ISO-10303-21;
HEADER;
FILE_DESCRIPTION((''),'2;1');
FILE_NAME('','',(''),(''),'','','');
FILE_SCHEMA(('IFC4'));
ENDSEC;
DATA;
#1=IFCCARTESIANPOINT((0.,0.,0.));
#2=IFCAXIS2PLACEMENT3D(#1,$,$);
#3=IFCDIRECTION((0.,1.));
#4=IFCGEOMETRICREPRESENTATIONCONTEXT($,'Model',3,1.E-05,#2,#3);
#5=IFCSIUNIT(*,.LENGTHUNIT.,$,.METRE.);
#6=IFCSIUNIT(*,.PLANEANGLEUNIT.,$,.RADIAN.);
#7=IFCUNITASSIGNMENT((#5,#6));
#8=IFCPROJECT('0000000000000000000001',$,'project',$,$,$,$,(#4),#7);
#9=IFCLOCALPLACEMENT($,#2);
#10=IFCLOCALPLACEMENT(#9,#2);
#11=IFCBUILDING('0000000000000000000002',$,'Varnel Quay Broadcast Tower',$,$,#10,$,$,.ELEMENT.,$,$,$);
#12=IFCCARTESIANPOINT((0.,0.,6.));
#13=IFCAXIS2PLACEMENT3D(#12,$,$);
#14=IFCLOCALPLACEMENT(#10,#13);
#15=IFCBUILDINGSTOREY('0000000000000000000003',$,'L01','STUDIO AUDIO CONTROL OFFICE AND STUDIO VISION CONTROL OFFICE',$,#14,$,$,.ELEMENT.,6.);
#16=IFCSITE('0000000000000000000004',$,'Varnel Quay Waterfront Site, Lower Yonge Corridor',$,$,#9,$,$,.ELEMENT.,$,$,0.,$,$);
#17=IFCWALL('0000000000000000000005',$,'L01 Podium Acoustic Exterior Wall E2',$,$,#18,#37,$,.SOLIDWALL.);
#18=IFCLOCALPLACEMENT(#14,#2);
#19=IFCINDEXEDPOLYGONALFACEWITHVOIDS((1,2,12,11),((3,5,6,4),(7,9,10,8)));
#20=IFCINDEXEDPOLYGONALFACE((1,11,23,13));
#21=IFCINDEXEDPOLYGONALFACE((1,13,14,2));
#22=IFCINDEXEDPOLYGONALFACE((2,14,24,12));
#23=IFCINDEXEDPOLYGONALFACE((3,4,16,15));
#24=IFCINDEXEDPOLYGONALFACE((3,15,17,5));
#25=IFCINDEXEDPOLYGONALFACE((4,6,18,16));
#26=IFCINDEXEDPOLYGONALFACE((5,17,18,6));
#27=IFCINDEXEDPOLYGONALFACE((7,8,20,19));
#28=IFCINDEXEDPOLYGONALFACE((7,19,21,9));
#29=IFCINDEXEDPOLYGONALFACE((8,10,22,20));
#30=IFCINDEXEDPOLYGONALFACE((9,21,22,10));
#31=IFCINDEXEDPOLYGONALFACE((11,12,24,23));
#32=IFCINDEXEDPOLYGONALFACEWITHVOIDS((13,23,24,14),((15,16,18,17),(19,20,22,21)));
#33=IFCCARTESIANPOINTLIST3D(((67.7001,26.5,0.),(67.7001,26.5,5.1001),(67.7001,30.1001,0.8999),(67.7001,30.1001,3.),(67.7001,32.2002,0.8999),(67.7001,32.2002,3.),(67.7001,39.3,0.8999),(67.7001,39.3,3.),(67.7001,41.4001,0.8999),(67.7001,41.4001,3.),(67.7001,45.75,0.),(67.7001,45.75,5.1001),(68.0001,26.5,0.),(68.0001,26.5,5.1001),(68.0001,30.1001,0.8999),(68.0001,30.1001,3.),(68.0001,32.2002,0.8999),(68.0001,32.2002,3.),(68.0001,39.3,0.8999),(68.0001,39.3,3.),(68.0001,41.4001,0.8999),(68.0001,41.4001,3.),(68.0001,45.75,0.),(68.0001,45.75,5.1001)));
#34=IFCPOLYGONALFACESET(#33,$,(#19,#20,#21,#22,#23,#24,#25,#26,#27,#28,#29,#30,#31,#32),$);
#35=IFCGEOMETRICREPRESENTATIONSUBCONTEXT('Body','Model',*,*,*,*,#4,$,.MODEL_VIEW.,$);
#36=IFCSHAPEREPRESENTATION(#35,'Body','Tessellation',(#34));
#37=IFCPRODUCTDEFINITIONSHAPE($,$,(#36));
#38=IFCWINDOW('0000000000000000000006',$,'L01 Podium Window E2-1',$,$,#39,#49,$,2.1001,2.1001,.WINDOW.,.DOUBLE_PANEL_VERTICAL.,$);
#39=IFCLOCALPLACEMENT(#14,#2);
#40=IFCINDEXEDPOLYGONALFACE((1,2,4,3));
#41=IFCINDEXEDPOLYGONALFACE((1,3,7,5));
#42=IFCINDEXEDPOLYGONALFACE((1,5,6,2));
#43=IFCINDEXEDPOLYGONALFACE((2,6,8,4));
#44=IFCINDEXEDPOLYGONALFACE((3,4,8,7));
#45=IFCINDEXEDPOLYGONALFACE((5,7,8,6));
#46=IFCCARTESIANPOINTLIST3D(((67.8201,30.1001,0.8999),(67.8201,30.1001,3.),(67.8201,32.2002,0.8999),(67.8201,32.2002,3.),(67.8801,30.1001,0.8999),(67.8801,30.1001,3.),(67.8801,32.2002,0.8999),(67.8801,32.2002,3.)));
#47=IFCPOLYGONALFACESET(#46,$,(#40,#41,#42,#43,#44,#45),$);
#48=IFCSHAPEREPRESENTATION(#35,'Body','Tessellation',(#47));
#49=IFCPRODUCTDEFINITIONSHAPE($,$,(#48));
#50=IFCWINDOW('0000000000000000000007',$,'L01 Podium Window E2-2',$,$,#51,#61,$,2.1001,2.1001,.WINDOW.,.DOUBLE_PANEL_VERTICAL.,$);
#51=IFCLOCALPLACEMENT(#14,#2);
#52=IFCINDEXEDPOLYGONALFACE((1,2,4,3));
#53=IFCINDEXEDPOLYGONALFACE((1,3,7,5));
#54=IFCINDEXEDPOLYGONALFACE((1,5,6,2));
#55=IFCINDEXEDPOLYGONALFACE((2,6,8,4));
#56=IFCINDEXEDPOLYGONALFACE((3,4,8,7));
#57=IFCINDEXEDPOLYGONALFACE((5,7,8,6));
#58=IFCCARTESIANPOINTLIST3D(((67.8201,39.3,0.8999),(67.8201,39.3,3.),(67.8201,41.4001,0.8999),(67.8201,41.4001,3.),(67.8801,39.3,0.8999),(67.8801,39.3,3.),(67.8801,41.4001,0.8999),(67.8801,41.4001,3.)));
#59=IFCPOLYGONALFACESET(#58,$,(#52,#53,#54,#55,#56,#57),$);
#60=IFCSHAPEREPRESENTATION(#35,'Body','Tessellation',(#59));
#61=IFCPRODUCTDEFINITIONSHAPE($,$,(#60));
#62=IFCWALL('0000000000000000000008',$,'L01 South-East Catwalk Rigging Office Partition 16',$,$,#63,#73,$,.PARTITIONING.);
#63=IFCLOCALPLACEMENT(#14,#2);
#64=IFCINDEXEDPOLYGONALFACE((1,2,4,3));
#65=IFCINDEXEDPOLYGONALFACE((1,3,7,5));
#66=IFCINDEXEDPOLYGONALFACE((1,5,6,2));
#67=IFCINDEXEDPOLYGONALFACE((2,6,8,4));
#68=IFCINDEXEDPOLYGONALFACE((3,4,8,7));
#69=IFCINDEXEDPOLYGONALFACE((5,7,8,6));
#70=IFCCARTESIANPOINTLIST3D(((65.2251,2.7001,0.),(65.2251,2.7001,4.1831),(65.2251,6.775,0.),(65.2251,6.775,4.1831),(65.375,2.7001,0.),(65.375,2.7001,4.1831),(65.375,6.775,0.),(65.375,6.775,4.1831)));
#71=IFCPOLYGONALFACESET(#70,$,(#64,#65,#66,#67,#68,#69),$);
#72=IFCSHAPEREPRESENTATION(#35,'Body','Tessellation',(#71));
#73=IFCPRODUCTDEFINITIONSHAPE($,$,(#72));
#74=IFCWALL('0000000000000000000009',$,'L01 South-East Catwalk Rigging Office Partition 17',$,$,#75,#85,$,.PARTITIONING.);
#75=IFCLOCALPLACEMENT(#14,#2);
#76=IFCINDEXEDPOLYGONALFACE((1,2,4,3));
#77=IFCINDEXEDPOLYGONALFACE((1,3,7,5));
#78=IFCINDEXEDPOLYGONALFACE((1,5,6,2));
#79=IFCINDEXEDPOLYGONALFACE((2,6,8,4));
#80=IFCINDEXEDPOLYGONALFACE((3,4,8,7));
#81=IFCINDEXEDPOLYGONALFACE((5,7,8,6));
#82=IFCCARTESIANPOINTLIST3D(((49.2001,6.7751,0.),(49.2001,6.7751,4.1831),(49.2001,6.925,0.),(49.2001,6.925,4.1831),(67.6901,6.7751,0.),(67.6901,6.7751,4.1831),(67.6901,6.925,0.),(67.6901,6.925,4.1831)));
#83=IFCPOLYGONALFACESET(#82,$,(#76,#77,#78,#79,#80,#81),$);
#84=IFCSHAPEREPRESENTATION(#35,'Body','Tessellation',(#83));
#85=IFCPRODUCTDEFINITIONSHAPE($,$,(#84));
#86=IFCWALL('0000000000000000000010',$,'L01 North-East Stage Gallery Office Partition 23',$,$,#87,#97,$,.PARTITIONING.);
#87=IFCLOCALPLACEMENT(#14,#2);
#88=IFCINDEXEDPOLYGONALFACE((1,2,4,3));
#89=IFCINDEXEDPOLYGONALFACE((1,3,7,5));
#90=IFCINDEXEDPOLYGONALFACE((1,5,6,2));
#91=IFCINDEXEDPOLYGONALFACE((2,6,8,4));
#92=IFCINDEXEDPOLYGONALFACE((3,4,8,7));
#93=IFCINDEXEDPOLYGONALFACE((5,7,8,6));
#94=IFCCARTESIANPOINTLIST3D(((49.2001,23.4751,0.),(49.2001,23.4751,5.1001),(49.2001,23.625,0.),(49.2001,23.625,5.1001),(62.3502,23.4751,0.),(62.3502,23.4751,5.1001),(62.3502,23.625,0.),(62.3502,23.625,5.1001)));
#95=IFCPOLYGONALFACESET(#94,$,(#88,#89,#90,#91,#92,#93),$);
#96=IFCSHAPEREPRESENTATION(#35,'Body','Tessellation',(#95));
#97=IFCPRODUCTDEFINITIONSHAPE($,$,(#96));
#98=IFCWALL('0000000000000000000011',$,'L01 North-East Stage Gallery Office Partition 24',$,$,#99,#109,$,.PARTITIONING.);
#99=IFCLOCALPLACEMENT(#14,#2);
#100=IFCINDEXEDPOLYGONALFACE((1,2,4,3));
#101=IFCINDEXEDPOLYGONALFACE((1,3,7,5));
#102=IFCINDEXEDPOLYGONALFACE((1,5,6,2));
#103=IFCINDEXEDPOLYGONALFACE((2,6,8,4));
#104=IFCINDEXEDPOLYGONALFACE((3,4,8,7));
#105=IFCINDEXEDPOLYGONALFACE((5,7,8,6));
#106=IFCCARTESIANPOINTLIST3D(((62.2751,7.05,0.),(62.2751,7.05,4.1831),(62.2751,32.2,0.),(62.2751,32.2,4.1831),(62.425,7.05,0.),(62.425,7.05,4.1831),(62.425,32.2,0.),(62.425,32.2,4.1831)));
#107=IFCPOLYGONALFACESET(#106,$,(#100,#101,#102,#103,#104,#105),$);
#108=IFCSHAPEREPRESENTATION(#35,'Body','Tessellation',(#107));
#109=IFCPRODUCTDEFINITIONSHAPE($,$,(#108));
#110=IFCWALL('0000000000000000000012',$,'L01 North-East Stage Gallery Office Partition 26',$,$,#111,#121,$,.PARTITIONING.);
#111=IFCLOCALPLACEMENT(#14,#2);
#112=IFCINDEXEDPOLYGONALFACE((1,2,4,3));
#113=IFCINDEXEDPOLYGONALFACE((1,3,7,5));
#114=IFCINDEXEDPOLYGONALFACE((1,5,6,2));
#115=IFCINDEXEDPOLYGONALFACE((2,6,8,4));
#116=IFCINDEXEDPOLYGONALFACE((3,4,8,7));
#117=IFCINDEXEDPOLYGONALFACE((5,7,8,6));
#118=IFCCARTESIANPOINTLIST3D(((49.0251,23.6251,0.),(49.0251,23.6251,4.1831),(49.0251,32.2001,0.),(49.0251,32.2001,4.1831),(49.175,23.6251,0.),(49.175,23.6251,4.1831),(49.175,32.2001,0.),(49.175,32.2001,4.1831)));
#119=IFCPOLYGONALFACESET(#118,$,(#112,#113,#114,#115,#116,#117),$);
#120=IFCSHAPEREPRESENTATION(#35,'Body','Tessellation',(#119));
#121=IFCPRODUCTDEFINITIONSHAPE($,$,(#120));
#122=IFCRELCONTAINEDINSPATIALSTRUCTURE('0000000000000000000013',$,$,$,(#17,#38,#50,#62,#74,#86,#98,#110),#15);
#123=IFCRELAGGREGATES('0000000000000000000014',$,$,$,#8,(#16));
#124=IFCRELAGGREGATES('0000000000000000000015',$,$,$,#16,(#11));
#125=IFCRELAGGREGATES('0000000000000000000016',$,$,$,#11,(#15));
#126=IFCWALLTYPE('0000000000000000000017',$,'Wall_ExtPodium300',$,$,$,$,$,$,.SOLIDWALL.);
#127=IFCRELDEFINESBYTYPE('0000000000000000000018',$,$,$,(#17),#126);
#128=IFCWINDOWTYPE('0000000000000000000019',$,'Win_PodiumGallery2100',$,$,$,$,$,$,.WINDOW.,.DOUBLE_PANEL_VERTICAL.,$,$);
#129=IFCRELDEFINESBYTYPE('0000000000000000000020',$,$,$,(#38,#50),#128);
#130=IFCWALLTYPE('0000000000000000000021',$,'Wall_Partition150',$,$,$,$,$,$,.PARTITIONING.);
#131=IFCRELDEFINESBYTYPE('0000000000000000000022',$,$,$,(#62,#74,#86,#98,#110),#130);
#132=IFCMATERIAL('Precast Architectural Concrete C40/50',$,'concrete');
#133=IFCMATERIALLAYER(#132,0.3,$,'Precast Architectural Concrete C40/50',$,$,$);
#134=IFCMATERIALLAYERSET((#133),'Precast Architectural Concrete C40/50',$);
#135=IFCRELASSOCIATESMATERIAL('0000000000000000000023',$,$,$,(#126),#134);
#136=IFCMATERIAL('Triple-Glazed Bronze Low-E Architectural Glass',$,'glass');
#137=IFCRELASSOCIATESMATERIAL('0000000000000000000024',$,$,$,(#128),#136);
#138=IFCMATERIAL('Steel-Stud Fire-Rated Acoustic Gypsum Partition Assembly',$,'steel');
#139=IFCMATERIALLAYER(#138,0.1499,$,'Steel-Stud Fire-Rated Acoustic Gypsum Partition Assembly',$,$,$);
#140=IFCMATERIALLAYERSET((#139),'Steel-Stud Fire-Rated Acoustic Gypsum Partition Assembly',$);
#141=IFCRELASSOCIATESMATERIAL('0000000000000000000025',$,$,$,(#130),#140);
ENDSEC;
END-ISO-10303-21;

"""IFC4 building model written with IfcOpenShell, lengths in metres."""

from ifc_helpers import new_model, si_unit, direction, frame, frame_2d, origin, place, context, subcontext, project, spatial, rectangle, extrude, source, transform, mapped, material, layer, layer_set, type_object, type_shapes, element, fill, save


model = new_model("IFC4")

# Units and contexts
model_context = context("Model", 3, precision=1e-05, world=origin(), true_north=direction((0.0, 1.0)))
body_context = subcontext(model_context, "Body", "Model", "MODEL_VIEW")
ifc_project = project(units=[si_unit("LENGTHUNIT", "METRE"), si_unit("PLANEANGLEUNIT", "RADIAN")], contexts=[model_context])

# Site, building, storey
site_placement = place(None, origin())
site = spatial("IfcSite", under=ifc_project, at=site_placement, Name="Varnel Quay Waterfront Site, Lower Yonge Corridor", CompositionType="ELEMENT", RefElevation=0.0)
building_placement = place(site_placement, origin())
building = spatial("IfcBuilding", under=site, at=building_placement, Name="Varnel Quay Broadcast Tower", CompositionType="ELEMENT")
storey_placement = place(building_placement, frame((0.0, 0.0, 6.0)))
storey = spatial("IfcBuildingStorey", under=building, at=storey_placement, Name="L01", Description="STUDIO AUDIO CONTROL OFFICE AND STUDIO VISION CONTROL OFFICE", CompositionType="ELEMENT", Elevation=6.0)

# Wall, openings, windows
ifc_material_1 = material(Name="Precast Architectural Concrete C40/50", Category="concrete")
ifc_layer_1 = layer(ifc_material_1, 0.3, Name="Precast Architectural Concrete C40/50")
ifc_layer_set_1 = layer_set([ifc_layer_1], Name="Precast Architectural Concrete C40/50")
wall_type_1 = type_object("IfcWallType", Name="Wall_ExtPodium300", PredefinedType="SOLIDWALL", material=ifc_layer_set_1)
wall_1_placement = place(storey_placement, frame((67.8501, 26.5, 0.0), z_axis=(0.0, 0.0, 1.0), x_axis=(0.0, 1.0, 0.0)))
wall_1 = element("IfcWall", 1, at=wall_1_placement, inside=storey, type_object=wall_type_1, Name="L01 Podium Acoustic Exterior Wall E2", PredefinedType="SOLIDWALL", context=body_context, shape_type="SweptSolid", body=[
    extrude(rectangle(XDim=19.25, YDim=0.3, at=frame_2d((9.625, 0.0))), origin(), (0.0, 0.0, 1.0), 5.1001),
])
opening_1_placement = place(wall_1_placement, frame((3.6001, 0.0, 0.8999)))
opening_1 = element("IfcOpeningElement", 2, at=opening_1_placement, cuts=wall_1, PredefinedType="OPENING", context=body_context, shape_type="SweptSolid", body=[
    extrude(rectangle(XDim=2.1001, YDim=2.1001, at=frame_2d((1.05, 1.05))), frame((0.0, 0.1602, 0.0), z_axis=(0.0, -1.0, 0.0), x_axis=(1.0, 0.0, 0.0)), (0.0, 0.0, 1.0), 0.3201),
])
opening_2_placement = place(wall_1_placement, frame((12.8, 0.0, 0.8999)))
opening_2 = element("IfcOpeningElement", 3, at=opening_2_placement, cuts=wall_1, PredefinedType="OPENING", context=body_context, shape_type="SweptSolid", body=[
    extrude(rectangle(XDim=2.1001, YDim=2.1001, at=frame_2d((1.05, 1.05))), frame((0.0, 0.1602, 0.0), z_axis=(0.0, -1.0, 0.0), x_axis=(1.0, 0.0, 0.0)), (0.0, 0.0, 1.0), 0.3201),
])
ifc_material_2 = material(Name="Triple-Glazed Bronze Low-E Architectural Glass", Category="glass")
window_type = type_object("IfcWindowType", Name="Win_PodiumGallery2100", PartitioningType="DOUBLE_PANEL_VERTICAL", PredefinedType="WINDOW", material=ifc_material_2)
shared_shape_1 = source(origin(), body_context, "Body", "SweptSolid", [
    extrude(rectangle(XDim=2.1001, YDim=2.1001, at=frame_2d((1.05, 1.05))), frame((0.0, 0.03, 0.0), z_axis=(0.0, -1.0, 0.0), x_axis=(1.0, 0.0, 0.0)), (0.0, 0.0, 1.0), 0.0601),
])
type_shapes(window_type, [shared_shape_1])
window_1_placement = place(opening_1_placement, origin())
window_1 = element("IfcWindow", 4, at=window_1_placement, inside=storey, type_object=window_type, Name="L01 Podium Window E2-1", OverallHeight=2.1001, OverallWidth=2.1001, PartitioningType="DOUBLE_PANEL_VERTICAL", PredefinedType="WINDOW", context=body_context, shape_type="MappedRepresentation", body=[
    mapped(shared_shape_1, transform((0.0, 0.0, 0.0), x_axis=(1.0, 0.0, 0.0), y_axis=(0.0, 1.0, 0.0), z_axis=(0.0, 0.0, 1.0), scale=1.0)),
])
fill(opening_1, window_1)
window_2_placement = place(opening_2_placement, origin())
window_2 = element("IfcWindow", 5, at=window_2_placement, inside=storey, type_object=window_type, Name="L01 Podium Window E2-2", OverallHeight=2.1001, OverallWidth=2.1001, PartitioningType="DOUBLE_PANEL_VERTICAL", PredefinedType="WINDOW", context=body_context, shape_type="MappedRepresentation", body=[
    mapped(shared_shape_1, transform((0.0, 0.0, 0.0), x_axis=(1.0, 0.0, 0.0), y_axis=(0.0, 1.0, 0.0), z_axis=(0.0, 0.0, 1.0), scale=1.0)),
])
fill(opening_2, window_2)

# Walls
ifc_material_3 = material(Name="Steel-Stud Fire-Rated Acoustic Gypsum Partition Assembly", Category="steel")
ifc_layer_2 = layer(ifc_material_3, 0.1499, Name="Steel-Stud Fire-Rated Acoustic Gypsum Partition Assembly")
ifc_layer_set_2 = layer_set([ifc_layer_2], Name="Steel-Stud Fire-Rated Acoustic Gypsum Partition Assembly")
wall_type_2 = type_object("IfcWallType", Name="Wall_Partition150", PredefinedType="PARTITIONING", material=ifc_layer_set_2)
wall_2_placement = place(storey_placement, frame((65.3, 2.7, 0.0), z_axis=(0.0, 0.0, 1.0), x_axis=(0.0, 1.0, 0.0)))
element("IfcWall", 6, at=wall_2_placement, inside=storey, type_object=wall_type_2, Name="L01 South-East Catwalk Rigging Office Partition 16", PredefinedType="PARTITIONING", context=body_context, shape_type="SweptSolid", body=[
    extrude(rectangle(XDim=4.075, YDim=0.1499, at=frame_2d((2.0376, 0.0))), origin(), (0.0, 0.0, 1.0), 4.1831),
])
wall_3_placement = place(storey_placement, frame((49.2, 6.8501, 0.0), z_axis=(0.0, 0.0, 1.0), x_axis=(1.0, 0.0, 0.0)))
element("IfcWall", 7, at=wall_3_placement, inside=storey, type_object=wall_type_2, Name="L01 South-East Catwalk Rigging Office Partition 17", PredefinedType="PARTITIONING", context=body_context, shape_type="SweptSolid", body=[
    extrude(rectangle(XDim=18.49, YDim=0.1499, at=frame_2d((9.2451, 0.0))), origin(), (0.0, 0.0, 1.0), 4.1831),
])
wall_4_placement = place(storey_placement, frame((49.2, 23.55, 0.0), z_axis=(0.0, 0.0, 1.0), x_axis=(1.0, 0.0, 0.0)))
element("IfcWall", 8, at=wall_4_placement, inside=storey, type_object=wall_type_2, Name="L01 North-East Stage Gallery Office Partition 23", PredefinedType="PARTITIONING", context=body_context, shape_type="SweptSolid", body=[
    extrude(rectangle(XDim=13.1501, YDim=0.1499, at=frame_2d((6.5752, 0.0))), origin(), (0.0, 0.0, 1.0), 5.1001),
])
wall_5_placement = place(storey_placement, frame((62.3501, 7.05, 0.0), z_axis=(0.0, 0.0, 1.0), x_axis=(0.0, 1.0, 0.0)))
element("IfcWall", 9, at=wall_5_placement, inside=storey, type_object=wall_type_2, Name="L01 North-East Stage Gallery Office Partition 24", PredefinedType="PARTITIONING", context=body_context, shape_type="SweptSolid", body=[
    extrude(rectangle(XDim=25.1499, YDim=0.1499, at=frame_2d((12.575, 0.0))), origin(), (0.0, 0.0, 1.0), 4.1831),
])
wall_6_placement = place(storey_placement, frame((49.1001, 23.625, 0.0), z_axis=(0.0, 0.0, 1.0), x_axis=(0.0, 1.0, 0.0)))
element("IfcWall", 10, at=wall_6_placement, inside=storey, type_object=wall_type_2, Name="L01 North-East Stage Gallery Office Partition 26", PredefinedType="PARTITIONING", context=body_context, shape_type="SweptSolid", body=[
    extrude(rectangle(XDim=8.575, YDim=0.1499, at=frame_2d((4.2876, 0.0))), origin(), (0.0, 0.0, 1.0), 4.1831),
])

save(model, "model.ifc")
